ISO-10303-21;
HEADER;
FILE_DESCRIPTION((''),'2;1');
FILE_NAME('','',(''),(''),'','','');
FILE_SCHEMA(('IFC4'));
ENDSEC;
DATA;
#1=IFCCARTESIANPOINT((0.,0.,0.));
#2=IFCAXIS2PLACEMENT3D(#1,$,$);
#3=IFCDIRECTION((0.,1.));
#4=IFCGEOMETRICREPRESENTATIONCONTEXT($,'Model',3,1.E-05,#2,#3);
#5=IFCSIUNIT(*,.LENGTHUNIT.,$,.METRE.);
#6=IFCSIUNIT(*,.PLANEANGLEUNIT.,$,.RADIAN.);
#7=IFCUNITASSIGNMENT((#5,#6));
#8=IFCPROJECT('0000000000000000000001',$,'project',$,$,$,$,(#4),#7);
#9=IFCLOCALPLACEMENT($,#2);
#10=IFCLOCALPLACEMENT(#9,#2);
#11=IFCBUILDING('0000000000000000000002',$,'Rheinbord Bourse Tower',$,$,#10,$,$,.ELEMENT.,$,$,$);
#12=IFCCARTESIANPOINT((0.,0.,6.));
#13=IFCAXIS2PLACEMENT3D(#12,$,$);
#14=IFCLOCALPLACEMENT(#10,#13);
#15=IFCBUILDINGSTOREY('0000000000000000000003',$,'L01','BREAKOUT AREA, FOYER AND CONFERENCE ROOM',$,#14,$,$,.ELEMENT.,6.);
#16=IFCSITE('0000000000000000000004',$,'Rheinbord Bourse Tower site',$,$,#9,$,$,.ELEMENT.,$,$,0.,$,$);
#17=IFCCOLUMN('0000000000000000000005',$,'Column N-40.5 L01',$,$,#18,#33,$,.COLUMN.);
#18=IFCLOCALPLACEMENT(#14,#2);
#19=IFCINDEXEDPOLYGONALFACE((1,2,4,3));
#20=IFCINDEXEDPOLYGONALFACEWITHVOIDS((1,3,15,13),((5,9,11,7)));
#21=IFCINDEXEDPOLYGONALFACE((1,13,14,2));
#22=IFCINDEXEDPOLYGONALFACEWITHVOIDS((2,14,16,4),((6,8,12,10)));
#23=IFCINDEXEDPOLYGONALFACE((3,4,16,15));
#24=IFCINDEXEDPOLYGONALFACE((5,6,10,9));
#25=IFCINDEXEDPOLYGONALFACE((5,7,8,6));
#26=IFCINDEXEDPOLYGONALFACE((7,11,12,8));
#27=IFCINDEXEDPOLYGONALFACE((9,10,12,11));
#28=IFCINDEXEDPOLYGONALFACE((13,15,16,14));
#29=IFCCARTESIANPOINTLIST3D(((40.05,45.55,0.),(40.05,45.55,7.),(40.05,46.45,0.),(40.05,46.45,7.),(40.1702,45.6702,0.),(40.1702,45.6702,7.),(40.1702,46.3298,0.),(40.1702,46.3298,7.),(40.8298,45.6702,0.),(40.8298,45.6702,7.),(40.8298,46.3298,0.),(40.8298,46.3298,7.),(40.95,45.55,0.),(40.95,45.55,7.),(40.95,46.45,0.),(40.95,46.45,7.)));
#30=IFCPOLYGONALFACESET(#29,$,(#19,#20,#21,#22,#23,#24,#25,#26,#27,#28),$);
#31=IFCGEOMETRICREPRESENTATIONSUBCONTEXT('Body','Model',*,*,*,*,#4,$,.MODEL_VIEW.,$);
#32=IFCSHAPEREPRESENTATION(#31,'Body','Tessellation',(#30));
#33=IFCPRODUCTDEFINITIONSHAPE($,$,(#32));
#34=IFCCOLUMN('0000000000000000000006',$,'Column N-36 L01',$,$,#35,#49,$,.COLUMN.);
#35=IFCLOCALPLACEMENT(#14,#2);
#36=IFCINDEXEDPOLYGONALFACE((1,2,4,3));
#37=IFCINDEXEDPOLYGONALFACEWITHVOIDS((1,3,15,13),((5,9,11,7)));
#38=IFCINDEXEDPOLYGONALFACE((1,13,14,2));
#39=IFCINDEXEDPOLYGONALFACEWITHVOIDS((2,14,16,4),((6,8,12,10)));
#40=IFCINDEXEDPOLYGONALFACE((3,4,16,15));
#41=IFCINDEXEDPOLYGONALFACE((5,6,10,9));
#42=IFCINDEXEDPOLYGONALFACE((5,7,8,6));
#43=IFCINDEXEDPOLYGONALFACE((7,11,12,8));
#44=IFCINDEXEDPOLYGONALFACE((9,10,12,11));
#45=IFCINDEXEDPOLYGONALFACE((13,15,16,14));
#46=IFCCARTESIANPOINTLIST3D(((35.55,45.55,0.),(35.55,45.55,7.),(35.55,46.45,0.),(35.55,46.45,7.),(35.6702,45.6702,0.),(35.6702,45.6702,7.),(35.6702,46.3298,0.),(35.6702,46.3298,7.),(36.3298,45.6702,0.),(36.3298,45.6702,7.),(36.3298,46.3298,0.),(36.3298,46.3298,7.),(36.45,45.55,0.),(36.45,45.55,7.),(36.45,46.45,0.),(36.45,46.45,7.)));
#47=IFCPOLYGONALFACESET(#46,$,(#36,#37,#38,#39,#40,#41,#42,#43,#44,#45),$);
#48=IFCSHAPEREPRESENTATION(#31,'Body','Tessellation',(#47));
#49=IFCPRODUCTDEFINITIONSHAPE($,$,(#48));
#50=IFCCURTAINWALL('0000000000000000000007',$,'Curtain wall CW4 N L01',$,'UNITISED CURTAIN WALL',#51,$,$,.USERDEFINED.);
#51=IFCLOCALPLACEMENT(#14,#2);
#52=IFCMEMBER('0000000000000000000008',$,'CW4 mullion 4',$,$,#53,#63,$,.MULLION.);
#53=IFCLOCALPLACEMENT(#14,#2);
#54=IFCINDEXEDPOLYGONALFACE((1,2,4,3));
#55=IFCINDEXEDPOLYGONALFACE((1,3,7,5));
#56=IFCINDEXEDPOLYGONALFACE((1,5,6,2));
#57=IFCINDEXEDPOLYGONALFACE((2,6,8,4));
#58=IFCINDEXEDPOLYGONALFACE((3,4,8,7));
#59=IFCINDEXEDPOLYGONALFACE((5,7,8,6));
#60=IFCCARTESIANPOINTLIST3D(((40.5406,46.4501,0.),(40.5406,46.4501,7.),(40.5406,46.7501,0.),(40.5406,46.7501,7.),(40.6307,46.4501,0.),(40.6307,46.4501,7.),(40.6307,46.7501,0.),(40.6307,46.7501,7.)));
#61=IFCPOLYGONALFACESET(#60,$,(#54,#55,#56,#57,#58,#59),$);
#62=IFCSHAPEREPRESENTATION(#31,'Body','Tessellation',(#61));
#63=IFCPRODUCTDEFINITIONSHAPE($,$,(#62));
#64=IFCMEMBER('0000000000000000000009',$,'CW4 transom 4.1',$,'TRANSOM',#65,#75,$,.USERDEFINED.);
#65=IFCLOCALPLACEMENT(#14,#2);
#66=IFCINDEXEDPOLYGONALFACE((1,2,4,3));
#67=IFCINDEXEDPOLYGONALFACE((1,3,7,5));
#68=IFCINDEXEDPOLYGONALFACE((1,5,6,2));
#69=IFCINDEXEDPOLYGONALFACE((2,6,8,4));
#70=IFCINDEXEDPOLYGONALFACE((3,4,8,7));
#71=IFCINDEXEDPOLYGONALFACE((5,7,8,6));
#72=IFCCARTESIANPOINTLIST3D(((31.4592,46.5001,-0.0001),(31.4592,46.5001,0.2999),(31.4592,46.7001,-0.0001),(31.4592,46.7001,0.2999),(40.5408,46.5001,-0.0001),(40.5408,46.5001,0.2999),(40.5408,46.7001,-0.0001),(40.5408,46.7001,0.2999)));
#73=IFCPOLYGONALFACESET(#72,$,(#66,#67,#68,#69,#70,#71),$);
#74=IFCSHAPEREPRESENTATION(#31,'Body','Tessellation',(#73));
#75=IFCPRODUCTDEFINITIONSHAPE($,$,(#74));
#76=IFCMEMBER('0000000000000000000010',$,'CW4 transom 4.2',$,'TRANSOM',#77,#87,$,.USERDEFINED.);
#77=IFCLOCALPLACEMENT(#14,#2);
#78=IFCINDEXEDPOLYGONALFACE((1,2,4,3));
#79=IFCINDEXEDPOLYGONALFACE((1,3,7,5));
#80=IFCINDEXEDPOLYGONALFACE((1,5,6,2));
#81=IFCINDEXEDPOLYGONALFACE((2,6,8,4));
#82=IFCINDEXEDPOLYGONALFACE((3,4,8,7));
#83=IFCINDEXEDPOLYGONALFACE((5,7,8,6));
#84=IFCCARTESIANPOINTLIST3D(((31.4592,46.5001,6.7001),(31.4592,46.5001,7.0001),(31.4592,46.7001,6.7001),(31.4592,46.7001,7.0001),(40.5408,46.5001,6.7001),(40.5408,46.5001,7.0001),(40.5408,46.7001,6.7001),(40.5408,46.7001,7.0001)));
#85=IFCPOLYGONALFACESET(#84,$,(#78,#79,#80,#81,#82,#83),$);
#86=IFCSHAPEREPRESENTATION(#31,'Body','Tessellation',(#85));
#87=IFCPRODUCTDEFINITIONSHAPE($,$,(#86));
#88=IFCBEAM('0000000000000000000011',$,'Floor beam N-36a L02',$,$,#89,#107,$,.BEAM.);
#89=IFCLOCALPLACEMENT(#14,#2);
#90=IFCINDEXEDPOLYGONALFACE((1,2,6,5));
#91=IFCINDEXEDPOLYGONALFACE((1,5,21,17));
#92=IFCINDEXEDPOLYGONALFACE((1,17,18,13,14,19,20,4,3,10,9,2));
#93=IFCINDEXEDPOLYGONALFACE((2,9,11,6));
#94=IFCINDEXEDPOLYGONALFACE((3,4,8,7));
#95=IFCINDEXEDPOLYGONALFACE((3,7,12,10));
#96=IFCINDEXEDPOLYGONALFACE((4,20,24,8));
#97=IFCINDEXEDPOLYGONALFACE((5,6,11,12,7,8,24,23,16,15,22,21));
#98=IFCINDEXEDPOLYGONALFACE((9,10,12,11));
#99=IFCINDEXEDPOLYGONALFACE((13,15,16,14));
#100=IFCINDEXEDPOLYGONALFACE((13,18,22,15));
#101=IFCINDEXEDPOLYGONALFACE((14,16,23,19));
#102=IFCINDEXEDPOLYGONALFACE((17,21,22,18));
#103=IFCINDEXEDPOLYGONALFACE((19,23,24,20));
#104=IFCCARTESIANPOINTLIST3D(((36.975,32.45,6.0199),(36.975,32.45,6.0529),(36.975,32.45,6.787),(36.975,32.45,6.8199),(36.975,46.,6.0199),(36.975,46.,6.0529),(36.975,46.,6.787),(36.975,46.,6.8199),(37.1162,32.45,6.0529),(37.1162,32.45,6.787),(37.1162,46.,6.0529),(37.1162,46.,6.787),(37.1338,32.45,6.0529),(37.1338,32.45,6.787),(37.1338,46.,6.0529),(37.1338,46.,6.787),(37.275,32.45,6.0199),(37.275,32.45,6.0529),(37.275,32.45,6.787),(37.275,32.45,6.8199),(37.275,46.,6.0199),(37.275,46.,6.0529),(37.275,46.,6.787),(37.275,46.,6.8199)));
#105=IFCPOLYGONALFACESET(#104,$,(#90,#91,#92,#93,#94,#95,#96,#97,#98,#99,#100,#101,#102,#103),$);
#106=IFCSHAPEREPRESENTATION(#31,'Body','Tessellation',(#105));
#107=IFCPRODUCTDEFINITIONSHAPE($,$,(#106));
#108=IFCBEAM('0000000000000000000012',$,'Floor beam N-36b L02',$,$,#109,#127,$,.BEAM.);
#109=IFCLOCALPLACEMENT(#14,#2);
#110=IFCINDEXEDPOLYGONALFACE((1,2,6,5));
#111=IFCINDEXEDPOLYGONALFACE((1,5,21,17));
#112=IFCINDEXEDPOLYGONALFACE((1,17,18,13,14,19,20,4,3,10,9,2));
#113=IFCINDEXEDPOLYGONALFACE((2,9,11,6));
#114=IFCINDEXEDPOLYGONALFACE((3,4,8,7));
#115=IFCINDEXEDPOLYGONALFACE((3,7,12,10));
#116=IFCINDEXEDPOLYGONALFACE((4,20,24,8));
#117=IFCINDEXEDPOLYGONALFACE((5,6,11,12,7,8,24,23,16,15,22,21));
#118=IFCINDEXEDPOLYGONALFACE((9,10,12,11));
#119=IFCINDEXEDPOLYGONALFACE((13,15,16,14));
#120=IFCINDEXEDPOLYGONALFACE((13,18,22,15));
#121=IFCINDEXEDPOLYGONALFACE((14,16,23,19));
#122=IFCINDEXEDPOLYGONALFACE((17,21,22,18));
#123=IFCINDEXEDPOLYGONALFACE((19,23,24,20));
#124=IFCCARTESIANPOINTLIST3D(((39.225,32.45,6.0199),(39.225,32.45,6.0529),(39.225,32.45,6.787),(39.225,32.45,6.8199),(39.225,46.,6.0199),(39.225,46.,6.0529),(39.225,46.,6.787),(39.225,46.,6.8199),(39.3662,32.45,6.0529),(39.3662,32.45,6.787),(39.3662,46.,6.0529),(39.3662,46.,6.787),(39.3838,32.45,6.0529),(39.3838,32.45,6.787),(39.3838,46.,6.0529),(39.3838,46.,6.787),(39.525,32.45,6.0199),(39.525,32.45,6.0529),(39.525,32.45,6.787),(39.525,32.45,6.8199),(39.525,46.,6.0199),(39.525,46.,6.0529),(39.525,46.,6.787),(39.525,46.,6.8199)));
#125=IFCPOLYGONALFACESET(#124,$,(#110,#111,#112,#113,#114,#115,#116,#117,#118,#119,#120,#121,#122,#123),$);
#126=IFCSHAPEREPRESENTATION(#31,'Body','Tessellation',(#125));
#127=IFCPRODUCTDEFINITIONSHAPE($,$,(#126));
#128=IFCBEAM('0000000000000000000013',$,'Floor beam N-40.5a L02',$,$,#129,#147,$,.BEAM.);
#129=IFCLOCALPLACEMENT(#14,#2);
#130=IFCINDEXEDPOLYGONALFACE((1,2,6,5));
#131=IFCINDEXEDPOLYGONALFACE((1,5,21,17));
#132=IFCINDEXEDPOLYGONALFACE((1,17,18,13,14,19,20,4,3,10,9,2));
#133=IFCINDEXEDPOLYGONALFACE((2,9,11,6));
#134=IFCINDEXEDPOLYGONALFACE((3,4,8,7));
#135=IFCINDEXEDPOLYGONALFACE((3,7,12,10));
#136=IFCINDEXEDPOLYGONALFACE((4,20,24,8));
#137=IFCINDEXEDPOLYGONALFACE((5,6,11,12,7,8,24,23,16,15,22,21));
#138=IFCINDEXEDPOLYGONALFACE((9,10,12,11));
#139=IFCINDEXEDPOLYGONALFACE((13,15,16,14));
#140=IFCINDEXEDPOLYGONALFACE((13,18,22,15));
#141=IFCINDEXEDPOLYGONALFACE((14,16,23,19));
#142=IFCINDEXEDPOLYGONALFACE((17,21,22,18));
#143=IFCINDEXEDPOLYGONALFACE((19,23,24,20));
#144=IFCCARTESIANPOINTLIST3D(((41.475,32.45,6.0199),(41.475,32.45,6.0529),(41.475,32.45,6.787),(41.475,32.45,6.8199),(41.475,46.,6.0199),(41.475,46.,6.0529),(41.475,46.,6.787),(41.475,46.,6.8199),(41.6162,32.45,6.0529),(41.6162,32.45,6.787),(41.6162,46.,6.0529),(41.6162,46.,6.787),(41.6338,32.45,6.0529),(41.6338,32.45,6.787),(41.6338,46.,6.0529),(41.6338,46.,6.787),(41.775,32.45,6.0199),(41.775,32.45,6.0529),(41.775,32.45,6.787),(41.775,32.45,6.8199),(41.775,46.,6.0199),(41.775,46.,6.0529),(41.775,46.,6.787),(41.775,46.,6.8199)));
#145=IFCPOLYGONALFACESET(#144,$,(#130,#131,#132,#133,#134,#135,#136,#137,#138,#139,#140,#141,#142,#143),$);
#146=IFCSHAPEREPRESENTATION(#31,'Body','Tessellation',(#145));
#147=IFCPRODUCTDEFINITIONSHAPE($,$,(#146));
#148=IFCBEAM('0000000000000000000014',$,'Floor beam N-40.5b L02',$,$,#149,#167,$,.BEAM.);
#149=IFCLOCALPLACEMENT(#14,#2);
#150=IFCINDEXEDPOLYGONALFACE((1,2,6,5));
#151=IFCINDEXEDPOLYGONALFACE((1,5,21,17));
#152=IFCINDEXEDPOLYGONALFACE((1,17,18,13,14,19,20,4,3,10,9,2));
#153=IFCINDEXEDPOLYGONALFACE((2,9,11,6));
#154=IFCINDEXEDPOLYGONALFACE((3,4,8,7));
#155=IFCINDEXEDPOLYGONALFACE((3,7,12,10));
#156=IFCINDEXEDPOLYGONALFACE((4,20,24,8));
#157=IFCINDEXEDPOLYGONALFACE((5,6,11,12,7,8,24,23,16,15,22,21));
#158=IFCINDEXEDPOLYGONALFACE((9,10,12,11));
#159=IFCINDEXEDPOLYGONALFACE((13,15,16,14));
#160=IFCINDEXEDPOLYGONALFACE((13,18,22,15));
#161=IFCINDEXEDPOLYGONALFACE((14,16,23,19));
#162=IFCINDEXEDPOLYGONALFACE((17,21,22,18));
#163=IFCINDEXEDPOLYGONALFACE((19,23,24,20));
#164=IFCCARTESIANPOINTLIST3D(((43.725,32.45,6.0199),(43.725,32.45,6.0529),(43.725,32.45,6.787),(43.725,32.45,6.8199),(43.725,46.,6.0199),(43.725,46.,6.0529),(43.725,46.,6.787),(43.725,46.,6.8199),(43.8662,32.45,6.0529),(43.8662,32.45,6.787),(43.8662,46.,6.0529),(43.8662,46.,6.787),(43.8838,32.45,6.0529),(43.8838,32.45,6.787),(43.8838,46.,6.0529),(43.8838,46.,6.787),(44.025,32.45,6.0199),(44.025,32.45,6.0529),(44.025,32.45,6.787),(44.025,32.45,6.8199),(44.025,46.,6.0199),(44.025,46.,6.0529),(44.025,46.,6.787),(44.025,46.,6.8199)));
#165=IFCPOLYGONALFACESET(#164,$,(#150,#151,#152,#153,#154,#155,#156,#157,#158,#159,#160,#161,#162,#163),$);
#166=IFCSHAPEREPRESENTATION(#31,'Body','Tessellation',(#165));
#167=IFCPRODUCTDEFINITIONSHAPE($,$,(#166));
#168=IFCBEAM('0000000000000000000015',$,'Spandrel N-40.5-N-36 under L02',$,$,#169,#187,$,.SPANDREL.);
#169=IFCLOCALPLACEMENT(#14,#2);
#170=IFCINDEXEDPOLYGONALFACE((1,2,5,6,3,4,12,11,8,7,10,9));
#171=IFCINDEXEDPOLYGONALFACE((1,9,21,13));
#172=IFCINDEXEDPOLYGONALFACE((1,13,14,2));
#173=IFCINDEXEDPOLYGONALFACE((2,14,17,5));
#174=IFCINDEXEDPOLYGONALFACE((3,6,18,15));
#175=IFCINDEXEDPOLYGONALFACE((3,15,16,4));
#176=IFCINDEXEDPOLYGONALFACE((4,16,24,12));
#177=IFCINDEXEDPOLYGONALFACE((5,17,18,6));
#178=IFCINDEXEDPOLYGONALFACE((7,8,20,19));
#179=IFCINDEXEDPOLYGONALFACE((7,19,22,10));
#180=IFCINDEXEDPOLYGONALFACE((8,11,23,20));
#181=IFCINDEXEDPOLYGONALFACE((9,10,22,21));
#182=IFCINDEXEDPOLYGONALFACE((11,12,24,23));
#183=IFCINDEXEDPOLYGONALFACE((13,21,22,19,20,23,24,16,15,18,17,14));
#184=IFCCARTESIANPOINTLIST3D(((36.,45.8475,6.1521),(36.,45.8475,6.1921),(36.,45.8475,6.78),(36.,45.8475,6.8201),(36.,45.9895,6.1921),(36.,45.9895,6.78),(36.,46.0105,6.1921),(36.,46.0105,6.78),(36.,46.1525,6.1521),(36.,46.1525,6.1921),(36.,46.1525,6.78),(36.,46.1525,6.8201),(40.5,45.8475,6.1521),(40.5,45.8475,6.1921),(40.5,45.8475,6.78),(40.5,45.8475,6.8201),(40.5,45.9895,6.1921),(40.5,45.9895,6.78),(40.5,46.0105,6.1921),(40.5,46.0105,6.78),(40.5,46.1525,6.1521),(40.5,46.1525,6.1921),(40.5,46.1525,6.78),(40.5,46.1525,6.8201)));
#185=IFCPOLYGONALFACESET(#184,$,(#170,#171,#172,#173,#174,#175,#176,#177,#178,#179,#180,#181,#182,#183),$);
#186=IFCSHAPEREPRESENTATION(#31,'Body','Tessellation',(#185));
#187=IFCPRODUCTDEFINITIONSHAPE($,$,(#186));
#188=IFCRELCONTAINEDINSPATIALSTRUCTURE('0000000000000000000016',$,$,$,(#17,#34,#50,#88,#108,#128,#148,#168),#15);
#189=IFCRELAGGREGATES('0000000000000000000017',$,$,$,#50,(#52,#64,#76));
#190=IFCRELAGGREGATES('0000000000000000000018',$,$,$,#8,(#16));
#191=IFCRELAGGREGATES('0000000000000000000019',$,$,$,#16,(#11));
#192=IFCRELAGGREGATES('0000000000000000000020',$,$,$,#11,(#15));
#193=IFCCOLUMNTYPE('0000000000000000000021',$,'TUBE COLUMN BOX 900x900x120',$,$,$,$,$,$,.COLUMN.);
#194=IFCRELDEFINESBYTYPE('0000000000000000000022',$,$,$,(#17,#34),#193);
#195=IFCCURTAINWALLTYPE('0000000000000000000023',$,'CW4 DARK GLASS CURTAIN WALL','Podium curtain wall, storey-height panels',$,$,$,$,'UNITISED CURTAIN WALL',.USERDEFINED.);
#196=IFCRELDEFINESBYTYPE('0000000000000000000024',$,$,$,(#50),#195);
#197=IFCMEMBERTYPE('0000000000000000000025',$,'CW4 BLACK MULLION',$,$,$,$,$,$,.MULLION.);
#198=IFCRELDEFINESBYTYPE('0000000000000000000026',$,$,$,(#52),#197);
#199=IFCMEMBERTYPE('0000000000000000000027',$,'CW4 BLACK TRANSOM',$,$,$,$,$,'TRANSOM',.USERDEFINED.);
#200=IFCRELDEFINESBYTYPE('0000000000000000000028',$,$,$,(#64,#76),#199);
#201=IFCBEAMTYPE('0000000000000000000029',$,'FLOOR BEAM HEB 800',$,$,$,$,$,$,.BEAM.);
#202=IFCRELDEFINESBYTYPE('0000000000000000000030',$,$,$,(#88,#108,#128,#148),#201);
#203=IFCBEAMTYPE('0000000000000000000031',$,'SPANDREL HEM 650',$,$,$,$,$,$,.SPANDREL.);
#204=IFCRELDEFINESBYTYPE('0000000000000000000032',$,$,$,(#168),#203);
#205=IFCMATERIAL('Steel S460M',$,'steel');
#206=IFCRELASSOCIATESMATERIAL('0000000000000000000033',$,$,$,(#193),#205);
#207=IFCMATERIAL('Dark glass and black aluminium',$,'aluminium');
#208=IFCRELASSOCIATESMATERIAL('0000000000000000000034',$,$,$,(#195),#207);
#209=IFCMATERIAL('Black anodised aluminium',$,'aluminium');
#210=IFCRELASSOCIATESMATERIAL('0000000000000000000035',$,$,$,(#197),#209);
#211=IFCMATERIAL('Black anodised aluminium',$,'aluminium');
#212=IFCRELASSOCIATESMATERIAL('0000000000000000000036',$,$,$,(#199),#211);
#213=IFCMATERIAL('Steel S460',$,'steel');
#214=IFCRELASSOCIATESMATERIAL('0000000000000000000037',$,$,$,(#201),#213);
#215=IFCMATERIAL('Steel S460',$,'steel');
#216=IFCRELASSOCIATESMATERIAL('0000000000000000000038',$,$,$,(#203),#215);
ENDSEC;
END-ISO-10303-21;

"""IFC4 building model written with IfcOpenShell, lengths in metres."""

from ifc_helpers import new_model, si_unit, direction, frame, origin, origin_2d, place, context, subcontext, project, spatial, rectangle, hollow_rectangle, i_section, extrude, material, material_profile, profile_set, type_object, element, aggregate, save


model = new_model("IFC4")

# Units and contexts
model_context = context("Model", 3, precision=1e-05, world=origin(), true_north=direction((0.0, 1.0)))
body_context = subcontext(model_context, "Body", "Model", "MODEL_VIEW")
ifc_project = project(units=[si_unit("LENGTHUNIT", "METRE"), si_unit("PLANEANGLEUNIT", "RADIAN")], contexts=[model_context])

# Site, building, storey
site_placement = place(None, origin())
site = spatial("IfcSite", under=ifc_project, at=site_placement, Name="Rheinbord Bourse Tower site", CompositionType="ELEMENT", RefElevation=0.0)
building_placement = place(site_placement, origin())
building = spatial("IfcBuilding", under=site, at=building_placement, Name="Rheinbord Bourse Tower", CompositionType="ELEMENT")
storey_placement = place(building_placement, frame((0.0, 0.0, 6.0)))
storey = spatial("IfcBuildingStorey", under=building, at=storey_placement, Name="L01", Description="BREAKOUT AREA, FOYER AND CONFERENCE ROOM", CompositionType="ELEMENT", Elevation=6.0)

# Columns
ifc_material_1 = material(Name="Steel S460M", Category="steel")
ifc_material_profile_1 = material_profile(ifc_material_1, hollow_rectangle(XDim=0.8999, YDim=0.8999, WallThickness=0.1201, at=origin_2d()), Name="BOX 900x900x120")
ifc_profile_set_1 = profile_set([ifc_material_profile_1], Name="Steel S460M")
column_type = type_object("IfcColumnType", Name="TUBE COLUMN BOX 900x900x120", PredefinedType="COLUMN", material=ifc_profile_set_1)
for number, where, z_axis, x_axis, name in (
    (1, (40.5, 46.0, 0.0), (0.0, 0.0, 1.0), (0.0, 1.0, 0.0), "Column N-40.5 L01"),
    (2, (36.0, 46.0, 0.0), (0.0, 0.0, 1.0), (0.0, 1.0, 0.0), "Column N-36 L01"),
):
    element("IfcColumn", number, at=place(storey_placement, frame(where, z_axis=z_axis, x_axis=x_axis)), inside=storey, type_object=column_type, Name=name, PredefinedType="COLUMN", context=body_context, shape_type="SweptSolid", body=[
        extrude(hollow_rectangle(XDim=0.8999, YDim=0.8999, WallThickness=0.1201, at=origin_2d()), origin(), (0.0, 0.0, 1.0), 7.0),
    ])

# Curtain wall, members
ifc_material_2 = material(Name="Dark glass and black aluminium", Category="aluminium")
curtain_wall_type = type_object("IfcCurtainWallType", Name="CW4 DARK GLASS CURTAIN WALL", Description="Podium curtain wall, storey-height panels", ElementType="UNITISED CURTAIN WALL", PredefinedType="USERDEFINED", material=ifc_material_2)
curtain_wall_placement = place(storey_placement, origin())
curtain_wall = element("IfcCurtainWall", 3, at=curtain_wall_placement, inside=storey, type_object=curtain_wall_type, Name="Curtain wall CW4 N L01", ObjectType="UNITISED CURTAIN WALL", PredefinedType="USERDEFINED")
ifc_material_3 = material(Name="Black anodised aluminium", Category="aluminium")
ifc_material_profile_2 = material_profile(ifc_material_3, rectangle(XDim=0.3, YDim=0.0901, at=origin_2d()), Name="CW4 MULLION 90x300")
ifc_profile_set_2 = profile_set([ifc_material_profile_2], Name="Black anodised aluminium")
member_type_1 = type_object("IfcMemberType", Name="CW4 BLACK MULLION", PredefinedType="MULLION", material=ifc_profile_set_2)
member_1_placement = place(storey_placement, frame((40.5857, 46.6001, 0.0), z_axis=(0.0, 0.0, 1.0), x_axis=(0.0, -1.0, 0.0)))
member_1 = element("IfcMember", 4, at=member_1_placement, type_object=member_type_1, Name="CW4 mullion 4", PredefinedType="MULLION", context=body_context, shape_type="SweptSolid", body=[
    extrude(rectangle(XDim=0.3, YDim=0.0901, at=origin_2d()), origin(), (0.0, 0.0, 1.0), 7.0),
])
ifc_material_4 = material(Name="Black anodised aluminium", Category="aluminium")
ifc_material_profile_3 = material_profile(ifc_material_4, rectangle(XDim=0.2, YDim=0.3, at=origin_2d()), Name="CW4 TRANSOM 300x200")
ifc_profile_set_3 = profile_set([ifc_material_profile_3], Name="Black anodised aluminium")
member_type_2 = type_object("IfcMemberType", Name="CW4 BLACK TRANSOM", ElementType="TRANSOM", PredefinedType="USERDEFINED", material=ifc_profile_set_3)
member_2_placement = place(storey_placement, frame((40.5408, 46.6001, 0.1499), z_axis=(-1.0, 0.0, 0.0), x_axis=(0.0, -1.0, 0.0)))
member_2 = element("IfcMember", 5, at=member_2_placement, type_object=member_type_2, Name="CW4 transom 4.1", ObjectType="TRANSOM", PredefinedType="USERDEFINED", context=body_context, shape_type="SweptSolid", body=[
    extrude(rectangle(XDim=0.2, YDim=0.3, at=origin_2d()), origin(), (0.0, 0.0, 1.0), 9.0815),
])
member_3_placement = place(storey_placement, frame((40.5408, 46.6001, 6.8501), z_axis=(-1.0, 0.0, 0.0), x_axis=(0.0, -1.0, 0.0)))
member_3 = element("IfcMember", 6, at=member_3_placement, type_object=member_type_2, Name="CW4 transom 4.2", ObjectType="TRANSOM", PredefinedType="USERDEFINED", context=body_context, shape_type="SweptSolid", body=[
    extrude(rectangle(XDim=0.2, YDim=0.3, at=origin_2d()), origin(), (0.0, 0.0, 1.0), 9.0815),
])

# Beams
ifc_material_5 = material(Name="Steel S460", Category="steel")
ifc_material_profile_4 = material_profile(ifc_material_5, i_section(OverallWidth=0.3, OverallDepth=0.8, WebThickness=0.0176, FlangeThickness=0.033, at=origin_2d()), Name="HEB 800")
ifc_profile_set_4 = profile_set([ifc_material_profile_4], Name="Steel S460")
beam_type_1 = type_object("IfcBeamType", Name="FLOOR BEAM HEB 800", PredefinedType="BEAM", material=ifc_profile_set_4)
for number, where, z_axis, x_axis, name in (
    (7, (37.125, 46.0, 6.4199), (0.0, -1.0, 0.0), (1.0, 0.0, 0.0), "Floor beam N-36a L02"),
    (8, (39.375, 46.0, 6.4199), (0.0, -1.0, 0.0), (1.0, 0.0, 0.0), "Floor beam N-36b L02"),
    (9, (41.625, 46.0, 6.4199), (0.0, -1.0, 0.0), (1.0, 0.0, 0.0), "Floor beam N-40.5a L02"),
    (10, (43.875, 46.0, 6.4199), (0.0, -1.0, 0.0), (1.0, 0.0, 0.0), "Floor beam N-40.5b L02"),
):
    element("IfcBeam", number, at=place(storey_placement, frame(where, z_axis=z_axis, x_axis=x_axis)), inside=storey, type_object=beam_type_1, Name=name, PredefinedType="BEAM", context=body_context, shape_type="SweptSolid", body=[
        extrude(i_section(OverallWidth=0.3, OverallDepth=0.8, WebThickness=0.0176, FlangeThickness=0.033, at=origin_2d()), origin(), (0.0, 0.0, 1.0), 13.55),
    ])
ifc_material_6 = material(Name="Steel S460", Category="steel")
ifc_material_profile_5 = material_profile(ifc_material_6, i_section(OverallWidth=0.3049, OverallDepth=0.668, WebThickness=0.021, FlangeThickness=0.04, at=origin_2d()), Name="HEM 650")
ifc_profile_set_5 = profile_set([ifc_material_profile_5], Name="Steel S460")
beam_type_2 = type_object("IfcBeamType", Name="SPANDREL HEM 650", PredefinedType="SPANDREL", material=ifc_profile_set_5)
for number, where, z_axis, x_axis, name in (
    (11, (40.5, 46.0, 6.4861), (-1.0, 0.0, 0.0), (0.0, -1.0, 0.0), "Spandrel N-40.5-N-36 under L02"),
):
    element("IfcBeam", number, at=place(storey_placement, frame(where, z_axis=z_axis, x_axis=x_axis)), inside=storey, type_object=beam_type_2, Name=name, PredefinedType="SPANDREL", context=body_context, shape_type="SweptSolid", body=[
        extrude(i_section(OverallWidth=0.3049, OverallDepth=0.668, WebThickness=0.021, FlangeThickness=0.04, at=origin_2d()), origin(), (0.0, 0.0, 1.0), 4.5),
    ])

aggregate(curtain_wall, [member_1, member_2, member_3])

save(model, "model.ifc")
